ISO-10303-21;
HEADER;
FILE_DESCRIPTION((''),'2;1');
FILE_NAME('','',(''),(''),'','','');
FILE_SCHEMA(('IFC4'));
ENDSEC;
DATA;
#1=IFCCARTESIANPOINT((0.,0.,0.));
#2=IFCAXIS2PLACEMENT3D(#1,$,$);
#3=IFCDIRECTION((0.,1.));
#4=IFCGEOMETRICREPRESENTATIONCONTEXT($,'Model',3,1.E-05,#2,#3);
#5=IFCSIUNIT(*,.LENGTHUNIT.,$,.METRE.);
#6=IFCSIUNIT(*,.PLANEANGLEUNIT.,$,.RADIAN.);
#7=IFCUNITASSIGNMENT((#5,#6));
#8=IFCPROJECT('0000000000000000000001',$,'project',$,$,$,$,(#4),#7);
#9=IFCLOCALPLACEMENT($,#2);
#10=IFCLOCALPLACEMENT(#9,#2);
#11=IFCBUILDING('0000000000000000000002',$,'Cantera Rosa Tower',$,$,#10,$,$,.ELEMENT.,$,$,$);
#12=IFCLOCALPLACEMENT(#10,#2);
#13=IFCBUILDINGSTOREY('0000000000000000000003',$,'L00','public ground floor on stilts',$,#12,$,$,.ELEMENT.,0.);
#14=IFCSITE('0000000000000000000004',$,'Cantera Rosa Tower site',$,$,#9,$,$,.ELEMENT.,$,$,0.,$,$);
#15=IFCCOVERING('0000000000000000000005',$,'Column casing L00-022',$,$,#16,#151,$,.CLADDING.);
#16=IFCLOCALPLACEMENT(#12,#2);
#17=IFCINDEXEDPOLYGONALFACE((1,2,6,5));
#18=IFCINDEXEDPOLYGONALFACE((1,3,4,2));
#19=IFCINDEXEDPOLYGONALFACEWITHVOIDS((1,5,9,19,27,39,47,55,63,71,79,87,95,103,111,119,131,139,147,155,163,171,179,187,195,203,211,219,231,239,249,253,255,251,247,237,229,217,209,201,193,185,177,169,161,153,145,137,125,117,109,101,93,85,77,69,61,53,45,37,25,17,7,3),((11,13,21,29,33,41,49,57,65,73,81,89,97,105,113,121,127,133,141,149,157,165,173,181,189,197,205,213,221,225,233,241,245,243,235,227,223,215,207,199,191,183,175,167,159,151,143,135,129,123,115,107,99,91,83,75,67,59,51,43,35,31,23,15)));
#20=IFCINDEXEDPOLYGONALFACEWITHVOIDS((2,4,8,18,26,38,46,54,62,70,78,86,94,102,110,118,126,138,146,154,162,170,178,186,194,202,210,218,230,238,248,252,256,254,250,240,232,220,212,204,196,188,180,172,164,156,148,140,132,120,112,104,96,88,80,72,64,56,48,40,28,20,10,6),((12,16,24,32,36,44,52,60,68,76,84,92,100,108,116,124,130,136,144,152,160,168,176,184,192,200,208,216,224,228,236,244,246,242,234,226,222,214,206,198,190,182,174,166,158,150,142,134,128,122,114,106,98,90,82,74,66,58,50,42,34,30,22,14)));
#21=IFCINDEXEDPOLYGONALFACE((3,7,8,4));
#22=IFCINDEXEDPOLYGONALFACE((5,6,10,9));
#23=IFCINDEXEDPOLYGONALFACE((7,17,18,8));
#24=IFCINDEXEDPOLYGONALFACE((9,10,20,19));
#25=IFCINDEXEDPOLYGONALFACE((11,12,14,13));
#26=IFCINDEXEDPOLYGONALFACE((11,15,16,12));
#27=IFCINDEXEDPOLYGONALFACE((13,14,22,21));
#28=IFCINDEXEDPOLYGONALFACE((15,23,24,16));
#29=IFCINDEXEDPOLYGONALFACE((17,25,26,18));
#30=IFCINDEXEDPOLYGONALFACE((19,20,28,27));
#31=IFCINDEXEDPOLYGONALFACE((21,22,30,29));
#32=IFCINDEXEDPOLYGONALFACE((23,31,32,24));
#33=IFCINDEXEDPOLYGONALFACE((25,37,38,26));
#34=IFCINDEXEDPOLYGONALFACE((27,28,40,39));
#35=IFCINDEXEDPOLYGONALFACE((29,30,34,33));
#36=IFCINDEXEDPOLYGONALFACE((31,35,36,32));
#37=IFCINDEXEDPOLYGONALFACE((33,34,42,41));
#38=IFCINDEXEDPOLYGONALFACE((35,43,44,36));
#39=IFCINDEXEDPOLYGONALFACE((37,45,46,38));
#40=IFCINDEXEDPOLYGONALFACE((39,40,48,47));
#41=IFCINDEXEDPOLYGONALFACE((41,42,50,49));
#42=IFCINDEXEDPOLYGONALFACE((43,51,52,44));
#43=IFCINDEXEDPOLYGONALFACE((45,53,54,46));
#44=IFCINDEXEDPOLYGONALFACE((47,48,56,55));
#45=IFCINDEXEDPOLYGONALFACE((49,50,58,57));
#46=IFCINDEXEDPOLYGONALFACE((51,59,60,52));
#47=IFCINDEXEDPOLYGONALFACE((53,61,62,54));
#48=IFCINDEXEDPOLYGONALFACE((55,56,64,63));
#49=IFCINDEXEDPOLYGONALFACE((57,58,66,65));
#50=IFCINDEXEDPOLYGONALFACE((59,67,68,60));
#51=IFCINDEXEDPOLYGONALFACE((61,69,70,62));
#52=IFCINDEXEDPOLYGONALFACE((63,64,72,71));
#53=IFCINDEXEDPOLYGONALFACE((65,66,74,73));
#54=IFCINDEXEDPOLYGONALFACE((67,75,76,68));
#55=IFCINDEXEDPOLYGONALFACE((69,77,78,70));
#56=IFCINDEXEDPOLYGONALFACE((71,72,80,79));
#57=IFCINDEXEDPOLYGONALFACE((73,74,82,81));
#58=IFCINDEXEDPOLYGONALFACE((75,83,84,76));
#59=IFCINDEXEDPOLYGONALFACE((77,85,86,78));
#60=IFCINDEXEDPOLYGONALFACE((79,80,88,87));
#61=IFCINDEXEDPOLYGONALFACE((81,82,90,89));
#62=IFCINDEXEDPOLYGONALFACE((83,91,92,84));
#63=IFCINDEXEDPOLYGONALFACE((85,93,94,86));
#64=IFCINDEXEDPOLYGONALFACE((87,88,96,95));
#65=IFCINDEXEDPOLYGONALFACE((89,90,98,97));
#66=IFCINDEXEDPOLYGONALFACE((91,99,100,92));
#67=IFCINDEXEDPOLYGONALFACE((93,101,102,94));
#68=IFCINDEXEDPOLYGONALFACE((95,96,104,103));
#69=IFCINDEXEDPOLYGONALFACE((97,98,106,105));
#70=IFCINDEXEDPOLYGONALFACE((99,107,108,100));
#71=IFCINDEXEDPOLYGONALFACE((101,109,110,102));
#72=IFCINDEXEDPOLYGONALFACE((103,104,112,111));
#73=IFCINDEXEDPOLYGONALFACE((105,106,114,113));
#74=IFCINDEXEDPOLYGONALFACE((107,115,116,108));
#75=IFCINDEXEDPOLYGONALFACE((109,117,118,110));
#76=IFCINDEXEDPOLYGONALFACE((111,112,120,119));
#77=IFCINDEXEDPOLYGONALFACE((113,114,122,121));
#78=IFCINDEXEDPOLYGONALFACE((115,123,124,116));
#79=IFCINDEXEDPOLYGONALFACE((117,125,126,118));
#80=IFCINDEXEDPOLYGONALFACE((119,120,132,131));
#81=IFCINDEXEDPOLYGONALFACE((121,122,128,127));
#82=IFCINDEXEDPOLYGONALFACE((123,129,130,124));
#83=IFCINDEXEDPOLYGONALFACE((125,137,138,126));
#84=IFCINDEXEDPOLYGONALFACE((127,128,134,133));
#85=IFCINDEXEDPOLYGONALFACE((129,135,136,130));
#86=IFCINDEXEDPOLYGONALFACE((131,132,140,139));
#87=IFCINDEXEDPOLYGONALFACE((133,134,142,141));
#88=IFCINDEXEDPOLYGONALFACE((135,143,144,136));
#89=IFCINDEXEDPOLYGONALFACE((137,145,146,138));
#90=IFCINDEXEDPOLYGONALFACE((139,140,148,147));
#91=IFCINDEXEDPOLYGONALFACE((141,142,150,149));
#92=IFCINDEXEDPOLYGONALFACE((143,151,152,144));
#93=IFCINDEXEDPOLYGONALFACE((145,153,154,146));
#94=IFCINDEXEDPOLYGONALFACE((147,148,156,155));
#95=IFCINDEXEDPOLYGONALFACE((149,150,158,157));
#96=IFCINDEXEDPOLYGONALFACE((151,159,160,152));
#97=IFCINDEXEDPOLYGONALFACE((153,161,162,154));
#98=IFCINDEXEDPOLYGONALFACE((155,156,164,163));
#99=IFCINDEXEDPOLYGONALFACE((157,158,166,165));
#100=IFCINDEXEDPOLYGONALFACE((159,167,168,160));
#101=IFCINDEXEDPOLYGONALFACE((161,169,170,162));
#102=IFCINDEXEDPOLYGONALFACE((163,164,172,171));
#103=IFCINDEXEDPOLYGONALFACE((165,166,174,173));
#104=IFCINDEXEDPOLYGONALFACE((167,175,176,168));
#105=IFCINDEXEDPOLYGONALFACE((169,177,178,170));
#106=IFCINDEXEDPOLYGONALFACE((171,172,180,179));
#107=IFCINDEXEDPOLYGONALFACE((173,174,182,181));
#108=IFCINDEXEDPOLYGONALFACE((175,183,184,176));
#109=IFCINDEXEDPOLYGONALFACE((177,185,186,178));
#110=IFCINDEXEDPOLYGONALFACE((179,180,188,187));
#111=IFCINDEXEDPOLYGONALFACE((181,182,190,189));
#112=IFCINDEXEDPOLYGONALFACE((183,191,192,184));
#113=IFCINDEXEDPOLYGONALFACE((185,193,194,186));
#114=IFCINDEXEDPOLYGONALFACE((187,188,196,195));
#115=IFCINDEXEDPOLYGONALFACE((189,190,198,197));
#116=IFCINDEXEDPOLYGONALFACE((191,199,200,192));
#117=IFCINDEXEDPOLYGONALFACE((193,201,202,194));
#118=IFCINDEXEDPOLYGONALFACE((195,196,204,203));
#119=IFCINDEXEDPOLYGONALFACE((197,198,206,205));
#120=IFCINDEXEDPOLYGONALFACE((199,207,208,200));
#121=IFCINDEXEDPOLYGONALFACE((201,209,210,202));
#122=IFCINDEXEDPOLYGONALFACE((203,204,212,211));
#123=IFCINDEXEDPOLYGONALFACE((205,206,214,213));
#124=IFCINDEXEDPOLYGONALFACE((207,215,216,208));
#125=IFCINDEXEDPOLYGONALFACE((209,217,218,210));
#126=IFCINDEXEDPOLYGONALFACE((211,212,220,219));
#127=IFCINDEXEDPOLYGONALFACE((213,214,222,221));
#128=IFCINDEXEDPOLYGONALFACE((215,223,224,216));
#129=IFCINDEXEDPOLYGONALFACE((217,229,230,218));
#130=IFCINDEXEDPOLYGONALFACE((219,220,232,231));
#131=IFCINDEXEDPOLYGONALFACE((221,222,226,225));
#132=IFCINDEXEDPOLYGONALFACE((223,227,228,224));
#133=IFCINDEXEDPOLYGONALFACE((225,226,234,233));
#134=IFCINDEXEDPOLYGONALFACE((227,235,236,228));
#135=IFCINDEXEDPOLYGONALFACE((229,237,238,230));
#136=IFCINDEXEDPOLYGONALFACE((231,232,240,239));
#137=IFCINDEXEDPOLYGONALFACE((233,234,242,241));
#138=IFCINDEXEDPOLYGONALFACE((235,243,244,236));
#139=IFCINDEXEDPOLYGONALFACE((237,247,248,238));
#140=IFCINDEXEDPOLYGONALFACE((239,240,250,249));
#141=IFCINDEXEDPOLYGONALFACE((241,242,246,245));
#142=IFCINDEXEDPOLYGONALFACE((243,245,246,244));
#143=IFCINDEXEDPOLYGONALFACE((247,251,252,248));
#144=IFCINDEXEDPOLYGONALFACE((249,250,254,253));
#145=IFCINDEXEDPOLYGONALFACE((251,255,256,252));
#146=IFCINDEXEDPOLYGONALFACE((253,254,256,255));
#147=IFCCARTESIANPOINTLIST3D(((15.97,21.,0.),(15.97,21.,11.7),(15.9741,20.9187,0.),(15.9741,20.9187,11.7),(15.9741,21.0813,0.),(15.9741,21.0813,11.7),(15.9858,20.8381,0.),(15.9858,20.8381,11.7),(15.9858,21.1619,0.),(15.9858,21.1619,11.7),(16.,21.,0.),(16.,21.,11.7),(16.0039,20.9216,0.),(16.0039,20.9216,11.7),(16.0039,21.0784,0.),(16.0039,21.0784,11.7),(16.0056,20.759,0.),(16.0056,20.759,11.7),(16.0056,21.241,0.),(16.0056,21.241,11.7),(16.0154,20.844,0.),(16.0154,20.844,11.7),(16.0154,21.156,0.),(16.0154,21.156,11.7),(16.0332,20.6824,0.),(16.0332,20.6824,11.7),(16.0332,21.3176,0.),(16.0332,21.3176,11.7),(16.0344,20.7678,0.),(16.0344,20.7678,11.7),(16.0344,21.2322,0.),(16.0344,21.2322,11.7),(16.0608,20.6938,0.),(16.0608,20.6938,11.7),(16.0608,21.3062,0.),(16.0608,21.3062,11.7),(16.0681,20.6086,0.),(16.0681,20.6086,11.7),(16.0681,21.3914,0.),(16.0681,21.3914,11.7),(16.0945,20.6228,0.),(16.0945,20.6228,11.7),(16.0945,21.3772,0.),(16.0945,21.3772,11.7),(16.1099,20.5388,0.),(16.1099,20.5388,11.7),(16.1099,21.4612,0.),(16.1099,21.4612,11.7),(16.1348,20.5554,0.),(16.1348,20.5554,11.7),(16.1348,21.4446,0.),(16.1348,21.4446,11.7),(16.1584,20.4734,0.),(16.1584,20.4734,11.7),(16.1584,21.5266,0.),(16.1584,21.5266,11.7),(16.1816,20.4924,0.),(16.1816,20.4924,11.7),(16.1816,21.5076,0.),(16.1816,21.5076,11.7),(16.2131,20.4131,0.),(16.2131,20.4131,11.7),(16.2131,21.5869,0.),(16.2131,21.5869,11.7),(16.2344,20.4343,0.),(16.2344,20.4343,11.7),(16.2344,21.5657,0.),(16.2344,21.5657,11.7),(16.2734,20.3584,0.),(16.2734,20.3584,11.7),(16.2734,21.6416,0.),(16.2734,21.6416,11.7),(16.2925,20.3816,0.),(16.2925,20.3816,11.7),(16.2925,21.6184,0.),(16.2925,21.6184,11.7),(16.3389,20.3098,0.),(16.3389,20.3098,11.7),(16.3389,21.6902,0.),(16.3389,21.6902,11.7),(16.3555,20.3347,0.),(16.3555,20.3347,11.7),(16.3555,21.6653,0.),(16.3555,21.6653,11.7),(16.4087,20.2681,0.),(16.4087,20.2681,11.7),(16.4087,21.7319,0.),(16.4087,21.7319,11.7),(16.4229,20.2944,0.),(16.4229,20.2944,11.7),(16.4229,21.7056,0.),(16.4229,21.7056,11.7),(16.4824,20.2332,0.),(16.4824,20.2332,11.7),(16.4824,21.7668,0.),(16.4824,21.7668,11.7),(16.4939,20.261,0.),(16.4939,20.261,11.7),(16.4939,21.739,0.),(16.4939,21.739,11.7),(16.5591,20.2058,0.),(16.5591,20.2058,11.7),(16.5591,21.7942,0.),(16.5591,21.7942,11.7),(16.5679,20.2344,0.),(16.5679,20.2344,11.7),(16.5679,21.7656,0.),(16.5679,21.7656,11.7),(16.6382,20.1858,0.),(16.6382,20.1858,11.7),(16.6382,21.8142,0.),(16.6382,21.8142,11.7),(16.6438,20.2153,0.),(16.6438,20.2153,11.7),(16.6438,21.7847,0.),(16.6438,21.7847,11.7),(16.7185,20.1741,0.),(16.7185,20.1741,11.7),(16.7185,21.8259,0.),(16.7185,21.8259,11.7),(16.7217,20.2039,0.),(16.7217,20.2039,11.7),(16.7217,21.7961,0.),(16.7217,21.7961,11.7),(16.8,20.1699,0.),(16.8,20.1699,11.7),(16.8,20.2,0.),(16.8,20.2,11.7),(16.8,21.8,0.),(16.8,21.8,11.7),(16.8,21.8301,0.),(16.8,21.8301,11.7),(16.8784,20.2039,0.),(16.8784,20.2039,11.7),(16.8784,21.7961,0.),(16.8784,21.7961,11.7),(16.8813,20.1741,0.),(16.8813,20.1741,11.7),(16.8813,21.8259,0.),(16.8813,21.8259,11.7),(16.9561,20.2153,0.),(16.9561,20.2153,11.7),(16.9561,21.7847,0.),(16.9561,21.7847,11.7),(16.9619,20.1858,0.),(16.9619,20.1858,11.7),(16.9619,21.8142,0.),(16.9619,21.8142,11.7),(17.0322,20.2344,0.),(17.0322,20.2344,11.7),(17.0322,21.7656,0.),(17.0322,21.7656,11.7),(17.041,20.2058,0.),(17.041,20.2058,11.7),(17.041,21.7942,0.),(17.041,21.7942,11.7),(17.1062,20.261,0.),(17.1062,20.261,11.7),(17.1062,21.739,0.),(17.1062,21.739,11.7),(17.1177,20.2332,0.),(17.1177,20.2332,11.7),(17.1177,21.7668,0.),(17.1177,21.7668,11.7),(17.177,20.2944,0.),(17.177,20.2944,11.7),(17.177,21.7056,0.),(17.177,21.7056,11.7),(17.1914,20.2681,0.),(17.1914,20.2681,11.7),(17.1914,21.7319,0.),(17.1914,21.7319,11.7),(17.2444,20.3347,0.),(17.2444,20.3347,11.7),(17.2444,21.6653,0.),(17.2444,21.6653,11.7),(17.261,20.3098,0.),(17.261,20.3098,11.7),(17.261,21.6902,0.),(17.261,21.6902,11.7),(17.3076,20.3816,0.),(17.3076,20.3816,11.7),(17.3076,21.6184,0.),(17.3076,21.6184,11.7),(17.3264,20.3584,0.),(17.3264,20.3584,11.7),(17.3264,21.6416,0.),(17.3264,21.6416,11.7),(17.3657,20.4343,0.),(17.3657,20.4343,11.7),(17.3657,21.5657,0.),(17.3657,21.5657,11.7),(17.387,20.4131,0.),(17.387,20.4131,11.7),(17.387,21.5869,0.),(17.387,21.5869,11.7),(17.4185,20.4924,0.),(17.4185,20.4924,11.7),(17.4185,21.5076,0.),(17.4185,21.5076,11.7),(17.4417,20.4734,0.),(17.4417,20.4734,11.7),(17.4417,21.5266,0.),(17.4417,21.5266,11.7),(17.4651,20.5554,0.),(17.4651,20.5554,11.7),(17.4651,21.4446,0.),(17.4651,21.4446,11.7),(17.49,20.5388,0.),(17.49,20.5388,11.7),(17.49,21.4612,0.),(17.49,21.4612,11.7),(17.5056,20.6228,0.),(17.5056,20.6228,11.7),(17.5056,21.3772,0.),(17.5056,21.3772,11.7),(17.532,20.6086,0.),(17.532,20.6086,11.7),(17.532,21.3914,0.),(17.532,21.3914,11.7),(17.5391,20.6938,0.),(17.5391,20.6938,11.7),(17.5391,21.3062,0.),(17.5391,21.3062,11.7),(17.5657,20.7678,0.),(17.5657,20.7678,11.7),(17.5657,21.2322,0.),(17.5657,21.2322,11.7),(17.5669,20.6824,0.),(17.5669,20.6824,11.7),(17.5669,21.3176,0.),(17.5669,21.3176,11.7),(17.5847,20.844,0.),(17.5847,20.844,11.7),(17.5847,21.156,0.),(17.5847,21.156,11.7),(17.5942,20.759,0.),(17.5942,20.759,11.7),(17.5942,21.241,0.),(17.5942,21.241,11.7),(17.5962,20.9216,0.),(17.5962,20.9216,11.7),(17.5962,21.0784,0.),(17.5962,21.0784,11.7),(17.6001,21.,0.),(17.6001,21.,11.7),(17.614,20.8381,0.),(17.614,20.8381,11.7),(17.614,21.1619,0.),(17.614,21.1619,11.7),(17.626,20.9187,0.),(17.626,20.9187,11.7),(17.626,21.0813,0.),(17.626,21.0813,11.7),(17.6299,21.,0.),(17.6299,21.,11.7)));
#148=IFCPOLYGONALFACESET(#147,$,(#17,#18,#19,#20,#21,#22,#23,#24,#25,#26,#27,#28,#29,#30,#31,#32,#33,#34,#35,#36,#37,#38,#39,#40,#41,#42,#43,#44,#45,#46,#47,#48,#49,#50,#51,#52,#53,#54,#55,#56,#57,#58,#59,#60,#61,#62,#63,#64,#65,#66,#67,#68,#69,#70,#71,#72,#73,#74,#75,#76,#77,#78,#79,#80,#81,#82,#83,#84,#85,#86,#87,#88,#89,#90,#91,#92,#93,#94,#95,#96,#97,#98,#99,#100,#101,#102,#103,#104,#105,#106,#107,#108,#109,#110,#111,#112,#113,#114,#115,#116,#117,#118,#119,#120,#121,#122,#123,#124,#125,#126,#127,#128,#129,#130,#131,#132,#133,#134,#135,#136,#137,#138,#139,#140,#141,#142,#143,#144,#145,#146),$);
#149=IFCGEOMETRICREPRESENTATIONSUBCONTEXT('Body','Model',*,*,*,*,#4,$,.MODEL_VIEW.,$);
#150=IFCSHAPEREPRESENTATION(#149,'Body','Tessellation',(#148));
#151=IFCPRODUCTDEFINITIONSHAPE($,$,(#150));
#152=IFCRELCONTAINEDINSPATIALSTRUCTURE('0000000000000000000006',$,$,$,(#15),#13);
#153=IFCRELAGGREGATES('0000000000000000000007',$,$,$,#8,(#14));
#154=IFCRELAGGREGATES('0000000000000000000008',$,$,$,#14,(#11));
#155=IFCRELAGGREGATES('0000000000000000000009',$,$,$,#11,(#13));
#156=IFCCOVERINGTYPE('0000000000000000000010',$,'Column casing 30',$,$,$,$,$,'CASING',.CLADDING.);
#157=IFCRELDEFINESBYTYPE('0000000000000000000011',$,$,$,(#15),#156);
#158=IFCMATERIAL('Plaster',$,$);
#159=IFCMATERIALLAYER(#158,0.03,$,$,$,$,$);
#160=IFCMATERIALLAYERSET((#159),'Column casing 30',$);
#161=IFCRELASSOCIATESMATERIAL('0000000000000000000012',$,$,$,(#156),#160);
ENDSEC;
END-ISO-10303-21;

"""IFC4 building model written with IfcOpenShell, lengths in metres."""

from ifc_helpers import new_model, si_unit, direction, origin, place, context, subcontext, project, spatial, polyline, outline, extrude, material, layer, layer_set, type_object, element, save


model = new_model("IFC4")

# Units and contexts
model_context = context("Model", 3, precision=1e-05, world=origin(), true_north=direction((0.0, 1.0)))
body_context = subcontext(model_context, "Body", "Model", "MODEL_VIEW")
ifc_project = project(units=[si_unit("LENGTHUNIT", "METRE"), si_unit("PLANEANGLEUNIT", "RADIAN")], contexts=[model_context])

# Site, building, storey
site_placement = place(None, origin())
site = spatial("IfcSite", under=ifc_project, at=site_placement, Name="Cantera Rosa Tower site", CompositionType="ELEMENT", RefElevation=0.0)
building_placement = place(site_placement, origin())
building = spatial("IfcBuilding", under=site, at=building_placement, Name="Cantera Rosa Tower", CompositionType="ELEMENT")
storey_placement = place(building_placement, origin())
storey = spatial("IfcBuildingStorey", under=building, at=storey_placement, Name="L00", Description="public ground floor on stilts", CompositionType="ELEMENT", Elevation=0.0)

# Covering
ifc_material_1 = material(Name="Plaster")
ifc_layer_1 = layer(ifc_material_1, 0.03)
ifc_layer_set_1 = layer_set([ifc_layer_1], Name="Column casing 30")
covering_type = type_object("IfcCoveringType", Name="Column casing 30", ElementType="CASING", PredefinedType="CLADDING", material=ifc_layer_set_1)
covering_1_placement = place(storey_placement, origin())
element("IfcCovering", 1, at=covering_1_placement, inside=storey, type_object=covering_type, Name="Column casing L00-022", PredefinedType="CLADDING", context=body_context, shape_type="SweptSolid", body=[
    extrude(outline(polyline([(17.626, 20.9187), (17.6299, 21.0), (17.626, 21.0813), (17.614, 21.1619), (17.5942, 21.241), (17.5669, 21.3176), (17.532, 21.3914), (17.49, 21.4612), (17.4417, 21.5266), (17.387, 21.5869), (17.3264, 21.6416), (17.261, 21.6902), (17.1914, 21.7319), (17.1177, 21.7668), (17.041, 21.7942), (16.9619, 21.8142), (16.8813, 21.8259), (16.8, 21.8301), (16.7185, 21.8259), (16.6382, 21.8142), (16.5591, 21.7942), (16.4824, 21.7668), (16.4087, 21.7319), (16.3389, 21.6902), (16.2734, 21.6416), (16.2131, 21.5869), (16.1584, 21.5266), (16.1099, 21.4612), (16.0681, 21.3914), (16.0332, 21.3176), (16.0056, 21.241), (15.9858, 21.1619), (15.9741, 21.0813), (15.97, 21.0), (15.9741, 20.9187), (15.9858, 20.8381), (16.0056, 20.759), (16.0332, 20.6824), (16.0681, 20.6086), (16.1099, 20.5388), (16.1584, 20.4734), (16.2131, 20.4131), (16.2734, 20.3584), (16.3389, 20.3098), (16.4087, 20.2681), (16.4824, 20.2332), (16.5591, 20.2058), (16.6382, 20.1858), (16.7185, 20.1741), (16.8, 20.1699), (16.8813, 20.1741), (16.9619, 20.1858), (17.041, 20.2058), (17.1177, 20.2332), (17.1914, 20.2681), (17.261, 20.3098), (17.3264, 20.3584), (17.387, 20.4131), (17.4417, 20.4734), (17.49, 20.5388), (17.532, 20.6086), (17.5669, 20.6824), (17.5942, 20.759), (17.614, 20.8381), (17.626, 20.9187)]), holes=[polyline([(17.5962, 21.0784), (17.5847, 21.156), (17.5657, 21.2322), (17.5391, 21.3062), (17.5056, 21.3772), (17.4651, 21.4446), (17.4185, 21.5076), (17.3657, 21.5657), (17.3076, 21.6184), (17.2444, 21.6653), (17.177, 21.7056), (17.1062, 21.739), (17.0322, 21.7656), (16.9561, 21.7847), (16.8784, 21.7961), (16.8, 21.8), (16.7217, 21.7961), (16.6438, 21.7847), (16.5679, 21.7656), (16.4939, 21.739), (16.4229, 21.7056), (16.3555, 21.6653), (16.2925, 21.6184), (16.2344, 21.5657), (16.1816, 21.5076), (16.1348, 21.4446), (16.0945, 21.3772), (16.0608, 21.3062), (16.0344, 21.2322), (16.0154, 21.156), (16.0039, 21.0784), (16.0, 21.0), (16.0039, 20.9216), (16.0154, 20.844), (16.0344, 20.7678), (16.0608, 20.6938), (16.0945, 20.6228), (16.1348, 20.5554), (16.1816, 20.4924), (16.2344, 20.4343), (16.2925, 20.3816), (16.3555, 20.3347), (16.4229, 20.2944), (16.4939, 20.261), (16.5679, 20.2344), (16.6438, 20.2153), (16.7217, 20.2039), (16.8, 20.2), (16.8784, 20.2039), (16.9561, 20.2153), (17.0322, 20.2344), (17.1062, 20.261), (17.177, 20.2944), (17.2444, 20.3347), (17.3076, 20.3816), (17.3657, 20.4343), (17.4185, 20.4924), (17.4651, 20.5554), (17.5056, 20.6228), (17.5391, 20.6938), (17.5657, 20.7678), (17.5847, 20.844), (17.5962, 20.9216), (17.6001, 21.0), (17.5962, 21.0784)])]), origin(), (0.0, 0.0, 1.0), 11.7),
])

save(model, "model.ifc")
